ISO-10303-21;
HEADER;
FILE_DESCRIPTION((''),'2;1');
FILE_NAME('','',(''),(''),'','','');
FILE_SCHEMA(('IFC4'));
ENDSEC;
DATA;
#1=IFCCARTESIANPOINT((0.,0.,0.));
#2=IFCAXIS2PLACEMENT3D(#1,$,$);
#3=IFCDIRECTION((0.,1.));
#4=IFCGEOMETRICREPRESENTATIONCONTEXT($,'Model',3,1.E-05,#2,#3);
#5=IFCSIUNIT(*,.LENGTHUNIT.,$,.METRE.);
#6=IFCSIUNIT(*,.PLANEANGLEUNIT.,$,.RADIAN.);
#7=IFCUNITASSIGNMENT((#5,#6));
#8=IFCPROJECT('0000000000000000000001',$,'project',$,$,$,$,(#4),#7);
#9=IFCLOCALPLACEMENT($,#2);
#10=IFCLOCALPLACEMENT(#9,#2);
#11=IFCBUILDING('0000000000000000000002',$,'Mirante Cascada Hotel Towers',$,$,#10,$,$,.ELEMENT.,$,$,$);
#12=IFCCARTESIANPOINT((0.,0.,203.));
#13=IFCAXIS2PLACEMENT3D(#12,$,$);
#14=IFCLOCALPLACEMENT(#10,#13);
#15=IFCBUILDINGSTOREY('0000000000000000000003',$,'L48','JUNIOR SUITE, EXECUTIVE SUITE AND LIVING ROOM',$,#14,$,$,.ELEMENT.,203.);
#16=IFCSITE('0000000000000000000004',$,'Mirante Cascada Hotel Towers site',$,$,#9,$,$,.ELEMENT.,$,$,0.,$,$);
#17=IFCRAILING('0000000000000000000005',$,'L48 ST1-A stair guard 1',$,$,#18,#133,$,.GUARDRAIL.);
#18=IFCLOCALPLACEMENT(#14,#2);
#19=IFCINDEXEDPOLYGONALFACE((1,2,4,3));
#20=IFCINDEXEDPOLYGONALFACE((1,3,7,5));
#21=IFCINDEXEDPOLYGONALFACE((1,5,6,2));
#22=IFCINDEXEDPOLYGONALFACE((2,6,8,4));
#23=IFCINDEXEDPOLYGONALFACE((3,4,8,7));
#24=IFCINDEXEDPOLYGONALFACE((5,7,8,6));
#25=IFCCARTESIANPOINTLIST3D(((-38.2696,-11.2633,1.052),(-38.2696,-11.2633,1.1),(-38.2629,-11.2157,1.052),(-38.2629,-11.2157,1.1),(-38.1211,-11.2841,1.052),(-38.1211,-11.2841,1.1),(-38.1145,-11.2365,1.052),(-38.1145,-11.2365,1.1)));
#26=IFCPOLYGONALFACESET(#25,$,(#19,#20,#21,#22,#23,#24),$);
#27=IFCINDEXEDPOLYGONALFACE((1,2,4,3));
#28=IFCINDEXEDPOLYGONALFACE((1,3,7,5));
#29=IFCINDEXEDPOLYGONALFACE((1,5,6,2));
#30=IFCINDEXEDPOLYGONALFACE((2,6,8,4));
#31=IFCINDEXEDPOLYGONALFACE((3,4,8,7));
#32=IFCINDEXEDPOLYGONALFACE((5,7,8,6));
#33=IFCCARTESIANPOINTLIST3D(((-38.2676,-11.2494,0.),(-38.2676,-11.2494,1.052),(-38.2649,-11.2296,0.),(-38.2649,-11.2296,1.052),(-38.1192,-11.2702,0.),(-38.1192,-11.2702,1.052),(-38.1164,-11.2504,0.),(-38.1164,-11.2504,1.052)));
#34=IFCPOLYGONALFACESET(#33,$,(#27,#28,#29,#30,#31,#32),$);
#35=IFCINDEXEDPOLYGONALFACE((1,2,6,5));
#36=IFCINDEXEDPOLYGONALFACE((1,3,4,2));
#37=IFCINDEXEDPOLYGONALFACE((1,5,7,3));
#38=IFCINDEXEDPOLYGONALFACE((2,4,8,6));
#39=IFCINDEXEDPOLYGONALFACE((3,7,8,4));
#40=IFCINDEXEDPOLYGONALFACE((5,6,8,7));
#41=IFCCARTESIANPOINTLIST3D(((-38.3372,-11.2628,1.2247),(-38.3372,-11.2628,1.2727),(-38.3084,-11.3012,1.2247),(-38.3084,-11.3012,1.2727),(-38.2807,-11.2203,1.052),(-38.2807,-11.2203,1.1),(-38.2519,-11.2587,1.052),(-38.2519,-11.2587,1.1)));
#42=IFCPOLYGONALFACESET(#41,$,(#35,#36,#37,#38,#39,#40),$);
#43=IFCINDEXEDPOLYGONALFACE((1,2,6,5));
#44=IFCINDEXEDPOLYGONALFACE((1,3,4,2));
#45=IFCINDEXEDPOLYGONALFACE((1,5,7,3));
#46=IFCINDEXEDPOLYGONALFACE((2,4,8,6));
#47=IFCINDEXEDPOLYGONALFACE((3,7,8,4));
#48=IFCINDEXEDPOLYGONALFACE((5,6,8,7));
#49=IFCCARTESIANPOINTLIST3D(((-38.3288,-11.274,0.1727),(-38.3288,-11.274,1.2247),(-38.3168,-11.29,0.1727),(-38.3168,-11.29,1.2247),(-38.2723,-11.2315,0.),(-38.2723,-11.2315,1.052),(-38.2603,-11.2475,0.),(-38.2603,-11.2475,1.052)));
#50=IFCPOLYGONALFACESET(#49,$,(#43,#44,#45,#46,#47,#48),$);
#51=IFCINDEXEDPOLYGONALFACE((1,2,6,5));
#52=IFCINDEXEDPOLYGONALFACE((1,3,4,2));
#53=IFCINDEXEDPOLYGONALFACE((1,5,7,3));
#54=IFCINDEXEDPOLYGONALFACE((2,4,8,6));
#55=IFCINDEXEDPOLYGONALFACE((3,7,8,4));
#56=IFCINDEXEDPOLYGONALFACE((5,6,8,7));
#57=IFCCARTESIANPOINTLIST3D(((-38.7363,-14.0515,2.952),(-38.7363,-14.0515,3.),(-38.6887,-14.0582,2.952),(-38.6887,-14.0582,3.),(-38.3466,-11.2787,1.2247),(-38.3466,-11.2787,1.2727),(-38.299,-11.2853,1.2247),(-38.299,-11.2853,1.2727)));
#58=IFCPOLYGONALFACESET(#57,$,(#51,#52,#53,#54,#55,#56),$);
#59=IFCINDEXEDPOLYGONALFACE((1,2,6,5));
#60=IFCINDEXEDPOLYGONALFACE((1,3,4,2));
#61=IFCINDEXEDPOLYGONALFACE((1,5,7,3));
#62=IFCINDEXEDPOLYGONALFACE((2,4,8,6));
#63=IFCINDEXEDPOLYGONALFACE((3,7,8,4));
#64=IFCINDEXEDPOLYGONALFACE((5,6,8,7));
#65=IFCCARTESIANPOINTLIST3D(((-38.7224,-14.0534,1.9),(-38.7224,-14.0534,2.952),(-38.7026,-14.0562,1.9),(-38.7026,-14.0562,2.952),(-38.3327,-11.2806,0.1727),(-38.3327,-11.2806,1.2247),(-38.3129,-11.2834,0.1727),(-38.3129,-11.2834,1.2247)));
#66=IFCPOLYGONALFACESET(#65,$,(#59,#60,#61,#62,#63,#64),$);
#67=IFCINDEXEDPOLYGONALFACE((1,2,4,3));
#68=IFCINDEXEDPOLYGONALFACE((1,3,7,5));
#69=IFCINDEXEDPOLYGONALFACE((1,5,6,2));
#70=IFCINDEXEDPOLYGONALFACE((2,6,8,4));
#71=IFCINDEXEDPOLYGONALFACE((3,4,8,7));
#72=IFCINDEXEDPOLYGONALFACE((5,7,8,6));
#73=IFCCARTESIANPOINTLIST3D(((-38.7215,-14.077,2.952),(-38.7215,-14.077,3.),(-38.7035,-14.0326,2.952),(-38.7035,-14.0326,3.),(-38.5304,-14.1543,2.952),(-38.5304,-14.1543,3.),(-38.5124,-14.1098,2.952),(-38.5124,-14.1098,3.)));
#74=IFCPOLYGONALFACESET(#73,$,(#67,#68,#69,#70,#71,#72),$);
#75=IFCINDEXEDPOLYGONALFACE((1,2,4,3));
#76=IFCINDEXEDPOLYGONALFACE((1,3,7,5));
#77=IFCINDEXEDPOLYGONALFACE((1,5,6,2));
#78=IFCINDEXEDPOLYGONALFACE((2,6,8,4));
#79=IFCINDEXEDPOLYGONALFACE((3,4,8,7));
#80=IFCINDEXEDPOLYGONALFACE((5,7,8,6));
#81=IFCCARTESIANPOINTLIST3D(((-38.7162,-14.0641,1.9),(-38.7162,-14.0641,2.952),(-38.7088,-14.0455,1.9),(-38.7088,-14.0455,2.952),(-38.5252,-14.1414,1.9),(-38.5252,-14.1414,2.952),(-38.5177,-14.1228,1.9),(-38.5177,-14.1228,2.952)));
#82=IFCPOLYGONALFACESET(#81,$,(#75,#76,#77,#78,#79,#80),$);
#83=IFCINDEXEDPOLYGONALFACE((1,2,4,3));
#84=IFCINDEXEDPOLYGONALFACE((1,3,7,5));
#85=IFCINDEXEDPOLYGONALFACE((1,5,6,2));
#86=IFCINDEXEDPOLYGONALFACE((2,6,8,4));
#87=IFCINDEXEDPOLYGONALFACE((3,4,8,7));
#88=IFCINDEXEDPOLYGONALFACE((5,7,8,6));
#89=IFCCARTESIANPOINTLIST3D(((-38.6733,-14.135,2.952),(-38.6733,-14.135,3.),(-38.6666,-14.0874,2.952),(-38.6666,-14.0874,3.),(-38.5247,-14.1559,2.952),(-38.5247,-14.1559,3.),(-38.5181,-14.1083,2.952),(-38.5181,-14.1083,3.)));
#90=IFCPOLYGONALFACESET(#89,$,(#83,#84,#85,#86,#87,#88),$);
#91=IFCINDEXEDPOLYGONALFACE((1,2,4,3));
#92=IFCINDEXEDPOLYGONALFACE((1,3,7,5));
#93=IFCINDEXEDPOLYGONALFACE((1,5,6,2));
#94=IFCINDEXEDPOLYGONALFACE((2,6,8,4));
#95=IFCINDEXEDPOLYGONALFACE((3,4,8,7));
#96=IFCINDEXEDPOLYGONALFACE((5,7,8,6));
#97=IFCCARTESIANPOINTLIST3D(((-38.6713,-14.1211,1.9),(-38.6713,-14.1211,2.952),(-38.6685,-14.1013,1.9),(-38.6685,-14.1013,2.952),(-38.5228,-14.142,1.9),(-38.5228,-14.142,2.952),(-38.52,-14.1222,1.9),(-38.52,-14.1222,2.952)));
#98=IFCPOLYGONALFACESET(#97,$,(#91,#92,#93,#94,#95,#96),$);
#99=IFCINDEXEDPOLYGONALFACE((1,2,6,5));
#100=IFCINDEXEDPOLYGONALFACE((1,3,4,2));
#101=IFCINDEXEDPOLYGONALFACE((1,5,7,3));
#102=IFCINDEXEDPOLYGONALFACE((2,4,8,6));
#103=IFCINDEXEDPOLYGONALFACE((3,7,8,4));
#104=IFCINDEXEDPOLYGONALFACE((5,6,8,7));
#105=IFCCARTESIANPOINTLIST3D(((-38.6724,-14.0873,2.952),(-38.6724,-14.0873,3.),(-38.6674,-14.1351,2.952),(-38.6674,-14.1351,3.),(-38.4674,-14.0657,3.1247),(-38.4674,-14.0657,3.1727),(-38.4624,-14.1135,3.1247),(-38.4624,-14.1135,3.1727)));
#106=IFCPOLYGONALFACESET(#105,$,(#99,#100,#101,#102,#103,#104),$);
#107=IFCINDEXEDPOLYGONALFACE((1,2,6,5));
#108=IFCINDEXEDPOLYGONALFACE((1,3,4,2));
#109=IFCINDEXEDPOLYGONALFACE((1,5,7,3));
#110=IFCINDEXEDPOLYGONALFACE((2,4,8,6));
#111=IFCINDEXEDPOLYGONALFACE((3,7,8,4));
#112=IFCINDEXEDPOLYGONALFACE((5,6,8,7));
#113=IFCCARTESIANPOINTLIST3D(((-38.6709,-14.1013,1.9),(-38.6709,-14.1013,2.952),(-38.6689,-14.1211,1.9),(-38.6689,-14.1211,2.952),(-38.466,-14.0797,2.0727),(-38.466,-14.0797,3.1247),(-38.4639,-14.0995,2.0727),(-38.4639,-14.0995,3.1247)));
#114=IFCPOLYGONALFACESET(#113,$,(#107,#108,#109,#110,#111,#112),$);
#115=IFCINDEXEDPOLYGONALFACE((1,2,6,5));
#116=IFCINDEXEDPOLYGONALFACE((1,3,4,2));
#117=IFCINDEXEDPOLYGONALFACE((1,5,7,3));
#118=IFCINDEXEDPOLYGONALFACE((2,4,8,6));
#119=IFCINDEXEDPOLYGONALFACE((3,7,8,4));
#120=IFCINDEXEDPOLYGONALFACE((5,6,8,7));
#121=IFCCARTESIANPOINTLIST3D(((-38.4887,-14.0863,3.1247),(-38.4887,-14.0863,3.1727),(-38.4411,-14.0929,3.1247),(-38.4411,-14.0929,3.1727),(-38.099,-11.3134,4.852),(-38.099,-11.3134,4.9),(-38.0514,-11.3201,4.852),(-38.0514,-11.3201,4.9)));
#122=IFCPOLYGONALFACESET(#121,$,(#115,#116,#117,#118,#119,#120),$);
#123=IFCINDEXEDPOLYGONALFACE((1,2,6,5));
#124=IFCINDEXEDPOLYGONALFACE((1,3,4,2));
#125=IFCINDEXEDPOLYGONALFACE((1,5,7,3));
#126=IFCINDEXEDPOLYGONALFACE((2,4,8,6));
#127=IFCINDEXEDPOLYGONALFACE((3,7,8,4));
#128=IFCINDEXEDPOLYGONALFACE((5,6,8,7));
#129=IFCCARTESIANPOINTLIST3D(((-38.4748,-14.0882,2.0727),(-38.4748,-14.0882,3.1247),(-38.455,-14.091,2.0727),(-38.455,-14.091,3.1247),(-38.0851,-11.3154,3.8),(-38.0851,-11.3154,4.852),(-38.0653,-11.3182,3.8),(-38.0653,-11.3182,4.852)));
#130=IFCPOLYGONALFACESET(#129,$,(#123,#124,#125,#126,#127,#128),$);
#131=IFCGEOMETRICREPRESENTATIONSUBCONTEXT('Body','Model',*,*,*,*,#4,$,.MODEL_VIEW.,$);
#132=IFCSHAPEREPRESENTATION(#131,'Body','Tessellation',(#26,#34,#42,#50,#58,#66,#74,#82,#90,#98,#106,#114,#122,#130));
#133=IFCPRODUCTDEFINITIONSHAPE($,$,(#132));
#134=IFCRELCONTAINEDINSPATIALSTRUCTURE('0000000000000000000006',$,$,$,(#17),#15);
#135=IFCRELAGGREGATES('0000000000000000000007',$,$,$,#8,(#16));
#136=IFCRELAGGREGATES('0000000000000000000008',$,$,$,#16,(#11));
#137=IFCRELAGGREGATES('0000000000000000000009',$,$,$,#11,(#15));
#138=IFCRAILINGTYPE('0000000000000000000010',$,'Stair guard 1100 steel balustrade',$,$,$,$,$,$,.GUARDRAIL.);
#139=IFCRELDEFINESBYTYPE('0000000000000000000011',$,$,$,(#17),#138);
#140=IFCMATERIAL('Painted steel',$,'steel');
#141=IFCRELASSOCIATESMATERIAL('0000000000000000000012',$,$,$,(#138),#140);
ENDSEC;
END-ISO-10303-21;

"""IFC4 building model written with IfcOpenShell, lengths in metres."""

from ifc_helpers import new_model, si_unit, direction, frame, origin, origin_2d, place, context, subcontext, project, spatial, rectangle, extrude, material, type_object, element, save


model = new_model("IFC4")

# Units and contexts
model_context = context("Model", 3, precision=1e-05, world=origin(), true_north=direction((0.0, 1.0)))
body_context = subcontext(model_context, "Body", "Model", "MODEL_VIEW")
ifc_project = project(units=[si_unit("LENGTHUNIT", "METRE"), si_unit("PLANEANGLEUNIT", "RADIAN")], contexts=[model_context])

# Site, building, storey
site_placement = place(None, origin())
site = spatial("IfcSite", under=ifc_project, at=site_placement, Name="Mirante Cascada Hotel Towers site", CompositionType="ELEMENT", RefElevation=0.0)
building_placement = place(site_placement, origin())
building = spatial("IfcBuilding", under=site, at=building_placement, Name="Mirante Cascada Hotel Towers", CompositionType="ELEMENT")
storey_placement = place(building_placement, frame((0.0, 0.0, 203.0)))
storey = spatial("IfcBuildingStorey", under=building, at=storey_placement, Name="L48", Description="JUNIOR SUITE, EXECUTIVE SUITE AND LIVING ROOM", CompositionType="ELEMENT", Elevation=203.0)

# Railing
ifc_material_1 = material(Name="Painted steel", Category="steel")
railing_type = type_object("IfcRailingType", Name="Stair guard 1100 steel balustrade", PredefinedType="GUARDRAIL", material=ifc_material_1)
railing_placement = place(storey_placement, frame((-38.1178, -11.2603, 0.0)))
element("IfcRailing", 1, at=railing_placement, inside=storey, type_object=railing_type, Name="L48 ST1-A stair guard 1", PredefinedType="GUARDRAIL", context=body_context, shape_type="SweptSolid", body=[
    extrude(rectangle(XDim=0.048, YDim=0.048, at=origin_2d()), frame((0.0, 0.0, 1.076), z_axis=(-0.990333, 0.138713, 0.0), x_axis=(-0.138713, -0.990333, 0.0)), (0.0, 0.0, 1.0), 0.1499),
    extrude(rectangle(XDim=0.02, YDim=1.052, at=origin_2d()), frame((0.0, 0.0, 0.526), z_axis=(-0.990333, 0.138713, 0.0), x_axis=(-0.138713, -0.990333, 0.0)), (0.0, 0.0, 1.0), 0.1499),
    extrude(rectangle(XDim=0.048, YDim=0.048, at=origin_2d()), frame((-0.1485, 0.0208, 1.076), z_axis=(-0.79915, -0.601131, 0.0), x_axis=(0.601131, -0.79915, 0.0)), (0.0, 0.925453, 0.378863), 0.1866),
    extrude(rectangle(XDim=0.02, YDim=1.052, at=origin_2d()), frame((-0.1485, 0.0208, 0.526), z_axis=(-0.79915, -0.601131, 0.0), x_axis=(0.601131, -0.79915, 0.0)), (0.0, 0.925453, 0.378863), 0.1866),
    extrude(rectangle(XDim=0.048, YDim=0.048, at=origin_2d()), frame((-0.205, -0.0217, 1.2487), z_axis=(-0.139176, -0.990268, 0.0), x_axis=(0.990268, -0.139176, 0.0)), (0.0, 0.525021, 0.851089), 3.29),
    extrude(rectangle(XDim=0.02, YDim=1.052, at=origin_2d()), frame((-0.205, -0.0217, 0.6987), z_axis=(-0.139176, -0.990268, 0.0), x_axis=(0.990268, -0.139176, 0.0)), (0.0, 0.525021, 0.851089), 3.29),
    extrude(rectangle(XDim=0.048, YDim=0.048, at=origin_2d()), frame((-0.5947, -2.7945, 2.976), z_axis=(0.927031, -0.374984, 0.0), x_axis=(0.374984, 0.927031, 0.0)), (0.0, 0.0, 1.0), 0.2061),
    extrude(rectangle(XDim=0.02, YDim=1.052, at=origin_2d()), frame((-0.5947, -2.7945, 2.426), z_axis=(0.927031, -0.374984, 0.0), x_axis=(0.374984, 0.927031, 0.0)), (0.0, 0.0, 1.0), 0.2061),
    extrude(rectangle(XDim=0.048, YDim=0.048, at=origin_2d()), frame((-0.4036, -2.8718, 2.976), z_axis=(-0.990241, 0.139367, 0.0), x_axis=(-0.139367, -0.990241, 0.0)), (0.0, 0.0, 1.0), 0.15),
    extrude(rectangle(XDim=0.02, YDim=1.052, at=origin_2d()), frame((-0.4036, -2.8718, 2.426), z_axis=(-0.990241, 0.139367, 0.0), x_axis=(-0.139367, -0.990241, 0.0)), (0.0, 0.0, 1.0), 0.15),
    extrude(rectangle(XDim=0.048, YDim=0.048, at=origin_2d()), frame((-0.5521, -2.8509, 2.976), z_axis=(0.994495, 0.104786, 0.0), x_axis=(-0.104786, 0.994495, 0.0)), (0.0, 0.642203, 0.766534), 0.2689),
    extrude(rectangle(XDim=0.02, YDim=1.052, at=origin_2d()), frame((-0.5521, -2.8509, 2.426), z_axis=(0.994495, 0.104786, 0.0), x_axis=(-0.104786, 0.994495, 0.0)), (0.0, 0.642203, 0.766534), 0.2689),
    extrude(rectangle(XDim=0.048, YDim=0.048, at=origin_2d()), frame((-0.3471, -2.8293, 3.1487), z_axis=(0.139176, 0.990268, 0.0), x_axis=(-0.990268, 0.139176, 0.0)), (0.0, 0.525021, 0.851089), 3.29),
    extrude(rectangle(XDim=0.02, YDim=1.052, at=origin_2d()), frame((-0.3471, -2.8293, 2.5987), z_axis=(0.139176, 0.990268, 0.0), x_axis=(-0.990268, 0.139176, 0.0)), (0.0, 0.525021, 0.851089), 3.29),
])

save(model, "model.ifc")
